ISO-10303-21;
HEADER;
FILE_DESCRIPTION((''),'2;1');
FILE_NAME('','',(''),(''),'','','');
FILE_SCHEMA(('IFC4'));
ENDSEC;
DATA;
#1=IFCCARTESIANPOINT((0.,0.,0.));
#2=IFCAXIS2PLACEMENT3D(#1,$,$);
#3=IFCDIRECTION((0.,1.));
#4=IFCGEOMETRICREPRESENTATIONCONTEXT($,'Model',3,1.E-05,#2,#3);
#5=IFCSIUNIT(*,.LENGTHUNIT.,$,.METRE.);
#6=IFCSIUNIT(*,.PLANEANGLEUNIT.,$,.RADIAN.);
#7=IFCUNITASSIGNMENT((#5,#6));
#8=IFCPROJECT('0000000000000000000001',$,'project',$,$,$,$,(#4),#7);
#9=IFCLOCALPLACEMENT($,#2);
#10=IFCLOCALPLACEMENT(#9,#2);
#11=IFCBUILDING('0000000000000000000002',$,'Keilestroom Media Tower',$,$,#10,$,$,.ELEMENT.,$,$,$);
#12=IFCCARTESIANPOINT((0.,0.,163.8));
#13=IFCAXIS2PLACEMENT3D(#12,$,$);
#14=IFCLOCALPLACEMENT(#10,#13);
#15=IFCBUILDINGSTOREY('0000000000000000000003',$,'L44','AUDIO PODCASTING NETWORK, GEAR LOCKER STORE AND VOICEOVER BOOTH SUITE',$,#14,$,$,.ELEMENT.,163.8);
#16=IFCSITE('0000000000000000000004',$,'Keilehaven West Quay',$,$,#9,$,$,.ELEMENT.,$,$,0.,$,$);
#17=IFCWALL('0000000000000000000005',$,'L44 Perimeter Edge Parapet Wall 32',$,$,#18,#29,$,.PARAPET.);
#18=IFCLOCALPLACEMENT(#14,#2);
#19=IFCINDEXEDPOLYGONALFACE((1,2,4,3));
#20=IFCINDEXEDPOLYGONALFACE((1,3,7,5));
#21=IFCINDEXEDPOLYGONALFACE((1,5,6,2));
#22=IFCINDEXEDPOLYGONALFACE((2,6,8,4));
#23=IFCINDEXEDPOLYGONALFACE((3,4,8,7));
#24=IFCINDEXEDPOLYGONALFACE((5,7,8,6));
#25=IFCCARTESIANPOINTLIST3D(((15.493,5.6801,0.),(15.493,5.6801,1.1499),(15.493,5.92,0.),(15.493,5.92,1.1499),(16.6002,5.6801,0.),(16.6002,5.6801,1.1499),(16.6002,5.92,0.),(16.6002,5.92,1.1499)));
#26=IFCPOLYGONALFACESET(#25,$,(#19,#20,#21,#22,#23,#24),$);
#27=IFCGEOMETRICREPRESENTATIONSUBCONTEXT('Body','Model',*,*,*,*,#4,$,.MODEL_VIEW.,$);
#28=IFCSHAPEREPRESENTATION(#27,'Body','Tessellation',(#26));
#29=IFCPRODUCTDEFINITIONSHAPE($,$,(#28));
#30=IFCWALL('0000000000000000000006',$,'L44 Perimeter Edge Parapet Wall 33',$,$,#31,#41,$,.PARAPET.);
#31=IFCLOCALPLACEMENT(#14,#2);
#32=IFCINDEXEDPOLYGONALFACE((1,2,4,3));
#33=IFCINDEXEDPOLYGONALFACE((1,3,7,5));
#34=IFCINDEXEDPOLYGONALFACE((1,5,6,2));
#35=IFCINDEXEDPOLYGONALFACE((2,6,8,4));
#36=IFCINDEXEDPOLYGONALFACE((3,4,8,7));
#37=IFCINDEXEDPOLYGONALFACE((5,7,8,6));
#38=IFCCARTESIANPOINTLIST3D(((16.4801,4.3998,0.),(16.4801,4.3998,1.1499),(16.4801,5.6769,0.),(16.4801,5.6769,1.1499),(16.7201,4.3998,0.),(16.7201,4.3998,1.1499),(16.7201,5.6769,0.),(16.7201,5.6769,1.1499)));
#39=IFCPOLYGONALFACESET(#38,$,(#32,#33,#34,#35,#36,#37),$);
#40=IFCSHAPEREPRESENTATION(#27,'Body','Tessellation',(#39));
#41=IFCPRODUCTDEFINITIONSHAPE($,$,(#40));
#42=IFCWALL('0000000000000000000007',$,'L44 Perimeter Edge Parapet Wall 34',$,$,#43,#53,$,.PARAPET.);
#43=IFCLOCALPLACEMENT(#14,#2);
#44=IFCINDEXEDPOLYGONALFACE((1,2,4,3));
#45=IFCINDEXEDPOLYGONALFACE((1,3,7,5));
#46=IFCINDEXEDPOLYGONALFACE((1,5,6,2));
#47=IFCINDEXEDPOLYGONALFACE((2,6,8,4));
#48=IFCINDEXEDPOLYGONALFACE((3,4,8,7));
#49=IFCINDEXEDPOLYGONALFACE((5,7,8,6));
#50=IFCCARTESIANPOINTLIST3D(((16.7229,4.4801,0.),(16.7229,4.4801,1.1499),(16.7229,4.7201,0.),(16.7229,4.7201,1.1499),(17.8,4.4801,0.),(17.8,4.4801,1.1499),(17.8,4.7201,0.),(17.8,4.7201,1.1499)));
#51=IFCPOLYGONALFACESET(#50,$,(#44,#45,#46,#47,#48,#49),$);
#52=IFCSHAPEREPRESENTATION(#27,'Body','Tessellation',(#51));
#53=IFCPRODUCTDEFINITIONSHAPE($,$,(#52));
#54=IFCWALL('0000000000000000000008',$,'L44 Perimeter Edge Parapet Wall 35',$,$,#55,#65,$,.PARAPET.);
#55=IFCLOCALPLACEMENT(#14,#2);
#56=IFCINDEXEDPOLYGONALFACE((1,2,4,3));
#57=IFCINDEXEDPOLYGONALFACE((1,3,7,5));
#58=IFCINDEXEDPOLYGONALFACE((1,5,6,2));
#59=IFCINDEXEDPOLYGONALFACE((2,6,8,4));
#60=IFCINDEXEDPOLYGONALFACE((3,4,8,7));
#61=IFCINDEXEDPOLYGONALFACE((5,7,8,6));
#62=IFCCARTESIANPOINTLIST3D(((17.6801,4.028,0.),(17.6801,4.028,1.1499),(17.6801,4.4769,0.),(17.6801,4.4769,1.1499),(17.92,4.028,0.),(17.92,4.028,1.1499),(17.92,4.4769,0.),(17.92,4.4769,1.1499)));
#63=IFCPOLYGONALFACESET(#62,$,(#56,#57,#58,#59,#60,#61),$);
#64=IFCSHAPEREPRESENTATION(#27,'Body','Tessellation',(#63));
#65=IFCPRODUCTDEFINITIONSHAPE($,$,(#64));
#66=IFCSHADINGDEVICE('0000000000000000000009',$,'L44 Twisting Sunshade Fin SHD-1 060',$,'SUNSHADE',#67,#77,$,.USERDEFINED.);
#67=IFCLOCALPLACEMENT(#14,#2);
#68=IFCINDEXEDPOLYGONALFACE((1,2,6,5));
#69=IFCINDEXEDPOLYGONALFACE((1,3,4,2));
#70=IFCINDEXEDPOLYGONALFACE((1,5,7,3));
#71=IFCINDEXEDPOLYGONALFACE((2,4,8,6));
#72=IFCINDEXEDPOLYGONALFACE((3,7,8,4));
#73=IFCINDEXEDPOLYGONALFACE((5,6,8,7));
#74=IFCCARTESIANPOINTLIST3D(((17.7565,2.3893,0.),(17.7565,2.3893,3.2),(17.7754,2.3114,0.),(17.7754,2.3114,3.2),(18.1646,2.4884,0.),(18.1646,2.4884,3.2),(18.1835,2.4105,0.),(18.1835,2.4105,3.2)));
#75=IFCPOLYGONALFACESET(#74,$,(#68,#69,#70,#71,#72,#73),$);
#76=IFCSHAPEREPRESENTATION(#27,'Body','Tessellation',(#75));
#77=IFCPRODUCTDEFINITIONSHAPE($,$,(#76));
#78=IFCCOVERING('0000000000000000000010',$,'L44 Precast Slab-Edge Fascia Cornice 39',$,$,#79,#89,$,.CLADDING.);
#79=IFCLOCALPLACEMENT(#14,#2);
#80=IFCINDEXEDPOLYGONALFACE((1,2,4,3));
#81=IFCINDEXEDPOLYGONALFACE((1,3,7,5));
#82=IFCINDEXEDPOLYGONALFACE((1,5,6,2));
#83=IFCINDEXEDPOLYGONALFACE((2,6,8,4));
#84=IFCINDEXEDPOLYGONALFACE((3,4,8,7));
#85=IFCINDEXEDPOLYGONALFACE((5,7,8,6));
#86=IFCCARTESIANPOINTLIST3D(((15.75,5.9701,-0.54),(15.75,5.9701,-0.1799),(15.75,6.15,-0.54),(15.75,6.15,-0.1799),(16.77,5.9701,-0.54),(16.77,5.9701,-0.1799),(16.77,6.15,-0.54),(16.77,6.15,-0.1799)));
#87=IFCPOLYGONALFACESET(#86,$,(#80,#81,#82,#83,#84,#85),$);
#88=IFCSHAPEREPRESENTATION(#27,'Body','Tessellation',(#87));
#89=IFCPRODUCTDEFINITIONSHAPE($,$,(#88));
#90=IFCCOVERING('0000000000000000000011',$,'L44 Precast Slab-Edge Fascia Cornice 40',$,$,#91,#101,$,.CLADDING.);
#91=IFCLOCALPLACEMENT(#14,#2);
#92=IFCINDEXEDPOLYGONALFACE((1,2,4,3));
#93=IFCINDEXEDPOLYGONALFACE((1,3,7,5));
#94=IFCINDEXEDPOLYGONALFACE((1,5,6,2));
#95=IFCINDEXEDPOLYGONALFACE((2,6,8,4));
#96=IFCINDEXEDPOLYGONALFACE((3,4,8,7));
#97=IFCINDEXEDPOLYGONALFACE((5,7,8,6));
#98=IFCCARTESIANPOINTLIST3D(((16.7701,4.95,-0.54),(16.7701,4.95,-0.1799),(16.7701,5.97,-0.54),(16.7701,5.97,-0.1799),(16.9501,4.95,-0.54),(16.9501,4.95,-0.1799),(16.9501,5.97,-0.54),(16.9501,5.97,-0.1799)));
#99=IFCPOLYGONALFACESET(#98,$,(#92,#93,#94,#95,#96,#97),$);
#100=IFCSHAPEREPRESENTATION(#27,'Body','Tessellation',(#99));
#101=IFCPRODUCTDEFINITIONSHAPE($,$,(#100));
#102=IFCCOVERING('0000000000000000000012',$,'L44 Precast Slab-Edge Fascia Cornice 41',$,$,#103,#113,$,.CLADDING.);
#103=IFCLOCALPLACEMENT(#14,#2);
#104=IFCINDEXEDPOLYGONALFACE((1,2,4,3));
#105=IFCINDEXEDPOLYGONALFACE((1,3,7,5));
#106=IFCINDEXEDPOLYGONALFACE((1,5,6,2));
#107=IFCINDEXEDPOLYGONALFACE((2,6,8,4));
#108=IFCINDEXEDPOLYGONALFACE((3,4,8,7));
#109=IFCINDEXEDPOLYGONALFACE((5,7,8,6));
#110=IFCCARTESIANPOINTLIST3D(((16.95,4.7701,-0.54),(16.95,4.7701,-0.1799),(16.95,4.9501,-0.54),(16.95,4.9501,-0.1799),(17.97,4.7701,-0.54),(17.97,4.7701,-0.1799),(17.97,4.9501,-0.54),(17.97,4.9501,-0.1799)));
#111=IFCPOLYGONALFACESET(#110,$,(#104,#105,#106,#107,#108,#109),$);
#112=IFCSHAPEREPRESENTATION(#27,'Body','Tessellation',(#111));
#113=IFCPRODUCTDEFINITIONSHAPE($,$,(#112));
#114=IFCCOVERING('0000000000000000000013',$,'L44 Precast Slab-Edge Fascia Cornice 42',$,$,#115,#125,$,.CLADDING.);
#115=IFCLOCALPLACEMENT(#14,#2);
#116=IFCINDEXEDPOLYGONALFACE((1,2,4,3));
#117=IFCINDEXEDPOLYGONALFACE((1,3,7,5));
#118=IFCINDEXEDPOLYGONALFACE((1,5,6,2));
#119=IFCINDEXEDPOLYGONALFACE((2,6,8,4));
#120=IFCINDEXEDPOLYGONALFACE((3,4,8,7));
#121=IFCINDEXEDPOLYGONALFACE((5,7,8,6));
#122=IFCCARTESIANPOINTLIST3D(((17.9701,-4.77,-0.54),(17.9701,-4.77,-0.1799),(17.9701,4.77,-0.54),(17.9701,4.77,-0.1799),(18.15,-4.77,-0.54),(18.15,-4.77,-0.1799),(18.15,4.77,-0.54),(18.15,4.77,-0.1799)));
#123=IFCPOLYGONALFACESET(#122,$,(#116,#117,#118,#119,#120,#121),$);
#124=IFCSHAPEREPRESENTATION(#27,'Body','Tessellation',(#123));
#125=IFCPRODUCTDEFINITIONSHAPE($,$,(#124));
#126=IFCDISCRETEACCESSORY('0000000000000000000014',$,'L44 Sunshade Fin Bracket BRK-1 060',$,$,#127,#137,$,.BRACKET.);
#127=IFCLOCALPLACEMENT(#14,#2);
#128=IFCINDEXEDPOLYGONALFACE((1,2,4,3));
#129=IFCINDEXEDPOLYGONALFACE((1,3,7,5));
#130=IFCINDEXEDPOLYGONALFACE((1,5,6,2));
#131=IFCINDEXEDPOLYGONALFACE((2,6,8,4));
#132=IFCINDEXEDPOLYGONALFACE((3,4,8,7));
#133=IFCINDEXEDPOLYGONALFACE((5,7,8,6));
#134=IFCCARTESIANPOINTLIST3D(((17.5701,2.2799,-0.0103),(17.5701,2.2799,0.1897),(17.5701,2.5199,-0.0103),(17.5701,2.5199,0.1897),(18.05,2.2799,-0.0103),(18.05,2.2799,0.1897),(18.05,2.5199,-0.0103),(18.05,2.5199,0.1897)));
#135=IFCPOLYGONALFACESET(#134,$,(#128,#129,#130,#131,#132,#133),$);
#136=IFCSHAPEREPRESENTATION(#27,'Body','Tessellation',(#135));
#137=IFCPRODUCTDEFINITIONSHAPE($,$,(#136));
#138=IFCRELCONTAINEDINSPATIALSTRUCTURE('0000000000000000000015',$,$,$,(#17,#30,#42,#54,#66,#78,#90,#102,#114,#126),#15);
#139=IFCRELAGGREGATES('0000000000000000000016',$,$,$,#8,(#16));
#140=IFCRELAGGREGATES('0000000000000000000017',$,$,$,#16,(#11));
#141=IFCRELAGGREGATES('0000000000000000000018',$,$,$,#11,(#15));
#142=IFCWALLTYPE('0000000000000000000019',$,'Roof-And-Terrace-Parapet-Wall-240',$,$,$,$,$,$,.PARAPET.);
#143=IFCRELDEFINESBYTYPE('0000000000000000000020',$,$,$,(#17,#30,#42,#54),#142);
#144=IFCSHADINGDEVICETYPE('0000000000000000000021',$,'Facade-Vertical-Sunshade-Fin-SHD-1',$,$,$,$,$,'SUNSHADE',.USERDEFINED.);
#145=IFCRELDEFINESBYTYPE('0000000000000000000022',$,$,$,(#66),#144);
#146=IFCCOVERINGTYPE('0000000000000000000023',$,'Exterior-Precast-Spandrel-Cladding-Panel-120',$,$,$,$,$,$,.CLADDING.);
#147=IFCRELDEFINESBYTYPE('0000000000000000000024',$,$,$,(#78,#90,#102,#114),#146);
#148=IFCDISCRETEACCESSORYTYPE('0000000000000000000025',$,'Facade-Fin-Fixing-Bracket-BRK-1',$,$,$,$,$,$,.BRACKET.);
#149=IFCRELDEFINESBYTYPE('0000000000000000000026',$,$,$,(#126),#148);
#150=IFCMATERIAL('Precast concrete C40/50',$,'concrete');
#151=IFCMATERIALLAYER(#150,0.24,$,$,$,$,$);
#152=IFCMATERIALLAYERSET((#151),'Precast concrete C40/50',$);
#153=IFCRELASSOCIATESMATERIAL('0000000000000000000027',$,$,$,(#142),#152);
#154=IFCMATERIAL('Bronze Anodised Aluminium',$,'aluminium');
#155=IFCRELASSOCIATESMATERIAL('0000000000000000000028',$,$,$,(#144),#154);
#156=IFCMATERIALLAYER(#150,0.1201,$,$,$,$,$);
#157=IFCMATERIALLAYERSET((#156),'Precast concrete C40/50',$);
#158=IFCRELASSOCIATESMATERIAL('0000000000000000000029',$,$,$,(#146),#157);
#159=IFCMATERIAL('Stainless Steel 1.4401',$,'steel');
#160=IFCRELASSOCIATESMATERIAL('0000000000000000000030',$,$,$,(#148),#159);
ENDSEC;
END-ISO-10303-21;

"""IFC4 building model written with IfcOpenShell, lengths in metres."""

from ifc_helpers import new_model, si_unit, direction, frame, frame_2d, origin, origin_2d, place, context, subcontext, project, spatial, rectangle, extrude, source, transform, mapped, material, layer, layer_set, type_object, element, save


model = new_model("IFC4")

# Units and contexts
model_context = context("Model", 3, precision=1e-05, world=origin(), true_north=direction((0.0, 1.0)))
body_context = subcontext(model_context, "Body", "Model", "MODEL_VIEW")
ifc_project = project(units=[si_unit("LENGTHUNIT", "METRE"), si_unit("PLANEANGLEUNIT", "RADIAN")], contexts=[model_context])

# Site, building, storey
site_placement = place(None, origin())
site = spatial("IfcSite", under=ifc_project, at=site_placement, Name="Keilehaven West Quay", CompositionType="ELEMENT", RefElevation=0.0)
building_placement = place(site_placement, origin())
building = spatial("IfcBuilding", under=site, at=building_placement, Name="Keilestroom Media Tower", CompositionType="ELEMENT")
storey_placement = place(building_placement, frame((0.0, 0.0, 163.8)))
storey = spatial("IfcBuildingStorey", under=building, at=storey_placement, Name="L44", Description="AUDIO PODCASTING NETWORK, GEAR LOCKER STORE AND VOICEOVER BOOTH SUITE", CompositionType="ELEMENT", Elevation=163.8)

# Shared definitions
ifc_material_1 = material(Name="Precast concrete C40/50", Category="concrete")

# Walls
ifc_layer_1 = layer(ifc_material_1, 0.24)
ifc_layer_set_1 = layer_set([ifc_layer_1], Name="Precast concrete C40/50")
wall_type_1 = type_object("IfcWallType", Name="Roof-And-Terrace-Parapet-Wall-240", PredefinedType="PARAPET", material=ifc_layer_set_1)
wall_1_placement = place(storey_placement, frame((15.4929, 5.8, 0.0), z_axis=(0.0, 0.0, 1.0), x_axis=(1.0, 0.0, 0.0)))
element("IfcWall", 1, at=wall_1_placement, inside=storey, type_object=wall_type_1, Name="L44 Perimeter Edge Parapet Wall 32", PredefinedType="PARAPET", context=body_context, shape_type="SweptSolid", body=[
    extrude(rectangle(XDim=1.1072, YDim=0.24, at=frame_2d((0.5537, 0.0))), origin(), (0.0, 0.0, 1.0), 1.1499),
])
wall_2_placement = place(storey_placement, frame((16.6001, 5.677, 0.0), z_axis=(0.0, 0.0, 1.0), x_axis=(0.0, -1.0, 0.0)))
element("IfcWall", 2, at=wall_2_placement, inside=storey, type_object=wall_type_1, Name="L44 Perimeter Edge Parapet Wall 33", PredefinedType="PARAPET", context=body_context, shape_type="SweptSolid", body=[
    extrude(rectangle(XDim=1.2771, YDim=0.24, at=frame_2d((0.6387, 0.0))), origin(), (0.0, 0.0, 1.0), 1.1499),
])
wall_3_placement = place(storey_placement, frame((16.7229, 4.6001, 0.0), z_axis=(0.0, 0.0, 1.0), x_axis=(1.0, 0.0, 0.0)))
element("IfcWall", 3, at=wall_3_placement, inside=storey, type_object=wall_type_1, Name="L44 Perimeter Edge Parapet Wall 34", PredefinedType="PARAPET", context=body_context, shape_type="SweptSolid", body=[
    extrude(rectangle(XDim=1.0771, YDim=0.24, at=frame_2d((0.5386, 0.0))), origin(), (0.0, 0.0, 1.0), 1.1499),
])
wall_4_placement = place(storey_placement, frame((17.8, 4.4771, 0.0), z_axis=(0.0, 0.0, 1.0), x_axis=(0.0, -1.0, 0.0)))
element("IfcWall", 4, at=wall_4_placement, inside=storey, type_object=wall_type_1, Name="L44 Perimeter Edge Parapet Wall 35", PredefinedType="PARAPET", context=body_context, shape_type="SweptSolid", body=[
    extrude(rectangle(XDim=0.449, YDim=0.24, at=frame_2d((0.2246, 0.0))), origin(), (0.0, 0.0, 1.0), 1.1499),
])

# Shading device
ifc_material_2 = material(Name="Bronze Anodised Aluminium", Category="aluminium")
shading_device_type = type_object("IfcShadingDeviceType", Name="Facade-Vertical-Sunshade-Fin-SHD-1", ElementType="SUNSHADE", PredefinedType="USERDEFINED", material=ifc_material_2)
shared_shape_1 = source(origin(), body_context, "Body", "SweptSolid", [
    extrude(rectangle(XDim=0.4199, YDim=0.0801, at=origin_2d()), origin(), (0.0, 0.0, 1.0), 3.2),
])
shading_device_placement = place(storey_placement, frame((17.97, 2.3999, 0.0), z_axis=(0.0, 0.0, 1.0), x_axis=(0.971755, 0.23599, 0.0)))
element("IfcShadingDevice", 5, at=shading_device_placement, inside=storey, type_object=shading_device_type, Name="L44 Twisting Sunshade Fin SHD-1 060", ObjectType="SUNSHADE", PredefinedType="USERDEFINED", context=body_context, shape_type="MappedRepresentation", body=[
    mapped(shared_shape_1, transform((0.0, 0.0, 0.0), x_axis=(1.0, 0.0, 0.0), y_axis=(0.0, 1.0, 0.0), z_axis=(0.0, 0.0, 1.0), scale=1.0)),
])

# Coverings
ifc_layer_2 = layer(ifc_material_1, 0.1201)
ifc_layer_set_2 = layer_set([ifc_layer_2], Name="Precast concrete C40/50")
covering_type = type_object("IfcCoveringType", Name="Exterior-Precast-Spandrel-Cladding-Panel-120", PredefinedType="CLADDING", material=ifc_layer_set_2)
shared_shape_2 = source(origin(), body_context, "Body", "SweptSolid", [
    extrude(rectangle(XDim=1.02, YDim=0.1799, at=origin_2d()), origin(), (0.0, 0.0, 1.0), 0.3601),
])
for number, where, z_axis, x_axis, name in (
    (6, (16.26, 6.0601, -0.54), (0.0, 0.0, 1.0), (1.0, 0.0, 0.0), "L44 Precast Slab-Edge Fascia Cornice 39"),
    (7, (16.8601, 5.46, -0.54), (0.0, 0.0, 1.0), (0.0, -1.0, 0.0), "L44 Precast Slab-Edge Fascia Cornice 40"),
    (8, (17.46, 4.8601, -0.54), (0.0, 0.0, 1.0), (1.0, 0.0, 0.0), "L44 Precast Slab-Edge Fascia Cornice 41"),
):
    element("IfcCovering", number, at=place(storey_placement, frame(where, z_axis=z_axis, x_axis=x_axis)), inside=storey, type_object=covering_type, Name=name, PredefinedType="CLADDING", context=body_context, shape_type="MappedRepresentation", body=[
        mapped(shared_shape_2, transform((0.0, 0.0, 0.0), x_axis=(1.0, 0.0, 0.0), y_axis=(0.0, 1.0, 0.0), z_axis=(0.0, 0.0, 1.0), scale=1.0)),
    ])
shared_shape_3 = source(origin(), body_context, "Body", "SweptSolid", [
    extrude(rectangle(XDim=9.54, YDim=0.1799, at=origin_2d()), origin(), (0.0, 0.0, 1.0), 0.3601),
])
covering_placement = place(storey_placement, frame((18.0601, 0.0, -0.54), z_axis=(0.0, 0.0, 1.0), x_axis=(0.0, -1.0, 0.0)))
element("IfcCovering", 9, at=covering_placement, inside=storey, type_object=covering_type, Name="L44 Precast Slab-Edge Fascia Cornice 42", PredefinedType="CLADDING", context=body_context, shape_type="MappedRepresentation", body=[
    mapped(shared_shape_3, transform((0.0, 0.0, 0.0), x_axis=(1.0, 0.0, 0.0), y_axis=(0.0, 1.0, 0.0), z_axis=(0.0, 0.0, 1.0), scale=1.0)),
])

# Discrete accessory
ifc_material_3 = material(Name="Stainless Steel 1.4401", Category="steel")
discrete_accessory_type = type_object("IfcDiscreteAccessoryType", Name="Facade-Fin-Fixing-Bracket-BRK-1", PredefinedType="BRACKET", material=ifc_material_3)
shared_shape_4 = source(origin(), body_context, "Body", "SweptSolid", [
    extrude(rectangle(XDim=0.48, YDim=0.24, at=origin_2d()), origin(), (0.0, 0.0, 1.0), 0.2),
])
discrete_accessory_placement = place(storey_placement, frame((17.8101, 2.3999, -0.0103), z_axis=(0.0, 0.0, 1.0), x_axis=(1.0, 0.0, 0.0)))
element("IfcDiscreteAccessory", 10, at=discrete_accessory_placement, inside=storey, type_object=discrete_accessory_type, Name="L44 Sunshade Fin Bracket BRK-1 060", PredefinedType="BRACKET", context=body_context, shape_type="MappedRepresentation", body=[
    mapped(shared_shape_4, transform((0.0, 0.0, 0.0), x_axis=(1.0, 0.0, 0.0), y_axis=(0.0, 1.0, 0.0), z_axis=(0.0, 0.0, 1.0), scale=1.0)),
])

save(model, "model.ifc")
